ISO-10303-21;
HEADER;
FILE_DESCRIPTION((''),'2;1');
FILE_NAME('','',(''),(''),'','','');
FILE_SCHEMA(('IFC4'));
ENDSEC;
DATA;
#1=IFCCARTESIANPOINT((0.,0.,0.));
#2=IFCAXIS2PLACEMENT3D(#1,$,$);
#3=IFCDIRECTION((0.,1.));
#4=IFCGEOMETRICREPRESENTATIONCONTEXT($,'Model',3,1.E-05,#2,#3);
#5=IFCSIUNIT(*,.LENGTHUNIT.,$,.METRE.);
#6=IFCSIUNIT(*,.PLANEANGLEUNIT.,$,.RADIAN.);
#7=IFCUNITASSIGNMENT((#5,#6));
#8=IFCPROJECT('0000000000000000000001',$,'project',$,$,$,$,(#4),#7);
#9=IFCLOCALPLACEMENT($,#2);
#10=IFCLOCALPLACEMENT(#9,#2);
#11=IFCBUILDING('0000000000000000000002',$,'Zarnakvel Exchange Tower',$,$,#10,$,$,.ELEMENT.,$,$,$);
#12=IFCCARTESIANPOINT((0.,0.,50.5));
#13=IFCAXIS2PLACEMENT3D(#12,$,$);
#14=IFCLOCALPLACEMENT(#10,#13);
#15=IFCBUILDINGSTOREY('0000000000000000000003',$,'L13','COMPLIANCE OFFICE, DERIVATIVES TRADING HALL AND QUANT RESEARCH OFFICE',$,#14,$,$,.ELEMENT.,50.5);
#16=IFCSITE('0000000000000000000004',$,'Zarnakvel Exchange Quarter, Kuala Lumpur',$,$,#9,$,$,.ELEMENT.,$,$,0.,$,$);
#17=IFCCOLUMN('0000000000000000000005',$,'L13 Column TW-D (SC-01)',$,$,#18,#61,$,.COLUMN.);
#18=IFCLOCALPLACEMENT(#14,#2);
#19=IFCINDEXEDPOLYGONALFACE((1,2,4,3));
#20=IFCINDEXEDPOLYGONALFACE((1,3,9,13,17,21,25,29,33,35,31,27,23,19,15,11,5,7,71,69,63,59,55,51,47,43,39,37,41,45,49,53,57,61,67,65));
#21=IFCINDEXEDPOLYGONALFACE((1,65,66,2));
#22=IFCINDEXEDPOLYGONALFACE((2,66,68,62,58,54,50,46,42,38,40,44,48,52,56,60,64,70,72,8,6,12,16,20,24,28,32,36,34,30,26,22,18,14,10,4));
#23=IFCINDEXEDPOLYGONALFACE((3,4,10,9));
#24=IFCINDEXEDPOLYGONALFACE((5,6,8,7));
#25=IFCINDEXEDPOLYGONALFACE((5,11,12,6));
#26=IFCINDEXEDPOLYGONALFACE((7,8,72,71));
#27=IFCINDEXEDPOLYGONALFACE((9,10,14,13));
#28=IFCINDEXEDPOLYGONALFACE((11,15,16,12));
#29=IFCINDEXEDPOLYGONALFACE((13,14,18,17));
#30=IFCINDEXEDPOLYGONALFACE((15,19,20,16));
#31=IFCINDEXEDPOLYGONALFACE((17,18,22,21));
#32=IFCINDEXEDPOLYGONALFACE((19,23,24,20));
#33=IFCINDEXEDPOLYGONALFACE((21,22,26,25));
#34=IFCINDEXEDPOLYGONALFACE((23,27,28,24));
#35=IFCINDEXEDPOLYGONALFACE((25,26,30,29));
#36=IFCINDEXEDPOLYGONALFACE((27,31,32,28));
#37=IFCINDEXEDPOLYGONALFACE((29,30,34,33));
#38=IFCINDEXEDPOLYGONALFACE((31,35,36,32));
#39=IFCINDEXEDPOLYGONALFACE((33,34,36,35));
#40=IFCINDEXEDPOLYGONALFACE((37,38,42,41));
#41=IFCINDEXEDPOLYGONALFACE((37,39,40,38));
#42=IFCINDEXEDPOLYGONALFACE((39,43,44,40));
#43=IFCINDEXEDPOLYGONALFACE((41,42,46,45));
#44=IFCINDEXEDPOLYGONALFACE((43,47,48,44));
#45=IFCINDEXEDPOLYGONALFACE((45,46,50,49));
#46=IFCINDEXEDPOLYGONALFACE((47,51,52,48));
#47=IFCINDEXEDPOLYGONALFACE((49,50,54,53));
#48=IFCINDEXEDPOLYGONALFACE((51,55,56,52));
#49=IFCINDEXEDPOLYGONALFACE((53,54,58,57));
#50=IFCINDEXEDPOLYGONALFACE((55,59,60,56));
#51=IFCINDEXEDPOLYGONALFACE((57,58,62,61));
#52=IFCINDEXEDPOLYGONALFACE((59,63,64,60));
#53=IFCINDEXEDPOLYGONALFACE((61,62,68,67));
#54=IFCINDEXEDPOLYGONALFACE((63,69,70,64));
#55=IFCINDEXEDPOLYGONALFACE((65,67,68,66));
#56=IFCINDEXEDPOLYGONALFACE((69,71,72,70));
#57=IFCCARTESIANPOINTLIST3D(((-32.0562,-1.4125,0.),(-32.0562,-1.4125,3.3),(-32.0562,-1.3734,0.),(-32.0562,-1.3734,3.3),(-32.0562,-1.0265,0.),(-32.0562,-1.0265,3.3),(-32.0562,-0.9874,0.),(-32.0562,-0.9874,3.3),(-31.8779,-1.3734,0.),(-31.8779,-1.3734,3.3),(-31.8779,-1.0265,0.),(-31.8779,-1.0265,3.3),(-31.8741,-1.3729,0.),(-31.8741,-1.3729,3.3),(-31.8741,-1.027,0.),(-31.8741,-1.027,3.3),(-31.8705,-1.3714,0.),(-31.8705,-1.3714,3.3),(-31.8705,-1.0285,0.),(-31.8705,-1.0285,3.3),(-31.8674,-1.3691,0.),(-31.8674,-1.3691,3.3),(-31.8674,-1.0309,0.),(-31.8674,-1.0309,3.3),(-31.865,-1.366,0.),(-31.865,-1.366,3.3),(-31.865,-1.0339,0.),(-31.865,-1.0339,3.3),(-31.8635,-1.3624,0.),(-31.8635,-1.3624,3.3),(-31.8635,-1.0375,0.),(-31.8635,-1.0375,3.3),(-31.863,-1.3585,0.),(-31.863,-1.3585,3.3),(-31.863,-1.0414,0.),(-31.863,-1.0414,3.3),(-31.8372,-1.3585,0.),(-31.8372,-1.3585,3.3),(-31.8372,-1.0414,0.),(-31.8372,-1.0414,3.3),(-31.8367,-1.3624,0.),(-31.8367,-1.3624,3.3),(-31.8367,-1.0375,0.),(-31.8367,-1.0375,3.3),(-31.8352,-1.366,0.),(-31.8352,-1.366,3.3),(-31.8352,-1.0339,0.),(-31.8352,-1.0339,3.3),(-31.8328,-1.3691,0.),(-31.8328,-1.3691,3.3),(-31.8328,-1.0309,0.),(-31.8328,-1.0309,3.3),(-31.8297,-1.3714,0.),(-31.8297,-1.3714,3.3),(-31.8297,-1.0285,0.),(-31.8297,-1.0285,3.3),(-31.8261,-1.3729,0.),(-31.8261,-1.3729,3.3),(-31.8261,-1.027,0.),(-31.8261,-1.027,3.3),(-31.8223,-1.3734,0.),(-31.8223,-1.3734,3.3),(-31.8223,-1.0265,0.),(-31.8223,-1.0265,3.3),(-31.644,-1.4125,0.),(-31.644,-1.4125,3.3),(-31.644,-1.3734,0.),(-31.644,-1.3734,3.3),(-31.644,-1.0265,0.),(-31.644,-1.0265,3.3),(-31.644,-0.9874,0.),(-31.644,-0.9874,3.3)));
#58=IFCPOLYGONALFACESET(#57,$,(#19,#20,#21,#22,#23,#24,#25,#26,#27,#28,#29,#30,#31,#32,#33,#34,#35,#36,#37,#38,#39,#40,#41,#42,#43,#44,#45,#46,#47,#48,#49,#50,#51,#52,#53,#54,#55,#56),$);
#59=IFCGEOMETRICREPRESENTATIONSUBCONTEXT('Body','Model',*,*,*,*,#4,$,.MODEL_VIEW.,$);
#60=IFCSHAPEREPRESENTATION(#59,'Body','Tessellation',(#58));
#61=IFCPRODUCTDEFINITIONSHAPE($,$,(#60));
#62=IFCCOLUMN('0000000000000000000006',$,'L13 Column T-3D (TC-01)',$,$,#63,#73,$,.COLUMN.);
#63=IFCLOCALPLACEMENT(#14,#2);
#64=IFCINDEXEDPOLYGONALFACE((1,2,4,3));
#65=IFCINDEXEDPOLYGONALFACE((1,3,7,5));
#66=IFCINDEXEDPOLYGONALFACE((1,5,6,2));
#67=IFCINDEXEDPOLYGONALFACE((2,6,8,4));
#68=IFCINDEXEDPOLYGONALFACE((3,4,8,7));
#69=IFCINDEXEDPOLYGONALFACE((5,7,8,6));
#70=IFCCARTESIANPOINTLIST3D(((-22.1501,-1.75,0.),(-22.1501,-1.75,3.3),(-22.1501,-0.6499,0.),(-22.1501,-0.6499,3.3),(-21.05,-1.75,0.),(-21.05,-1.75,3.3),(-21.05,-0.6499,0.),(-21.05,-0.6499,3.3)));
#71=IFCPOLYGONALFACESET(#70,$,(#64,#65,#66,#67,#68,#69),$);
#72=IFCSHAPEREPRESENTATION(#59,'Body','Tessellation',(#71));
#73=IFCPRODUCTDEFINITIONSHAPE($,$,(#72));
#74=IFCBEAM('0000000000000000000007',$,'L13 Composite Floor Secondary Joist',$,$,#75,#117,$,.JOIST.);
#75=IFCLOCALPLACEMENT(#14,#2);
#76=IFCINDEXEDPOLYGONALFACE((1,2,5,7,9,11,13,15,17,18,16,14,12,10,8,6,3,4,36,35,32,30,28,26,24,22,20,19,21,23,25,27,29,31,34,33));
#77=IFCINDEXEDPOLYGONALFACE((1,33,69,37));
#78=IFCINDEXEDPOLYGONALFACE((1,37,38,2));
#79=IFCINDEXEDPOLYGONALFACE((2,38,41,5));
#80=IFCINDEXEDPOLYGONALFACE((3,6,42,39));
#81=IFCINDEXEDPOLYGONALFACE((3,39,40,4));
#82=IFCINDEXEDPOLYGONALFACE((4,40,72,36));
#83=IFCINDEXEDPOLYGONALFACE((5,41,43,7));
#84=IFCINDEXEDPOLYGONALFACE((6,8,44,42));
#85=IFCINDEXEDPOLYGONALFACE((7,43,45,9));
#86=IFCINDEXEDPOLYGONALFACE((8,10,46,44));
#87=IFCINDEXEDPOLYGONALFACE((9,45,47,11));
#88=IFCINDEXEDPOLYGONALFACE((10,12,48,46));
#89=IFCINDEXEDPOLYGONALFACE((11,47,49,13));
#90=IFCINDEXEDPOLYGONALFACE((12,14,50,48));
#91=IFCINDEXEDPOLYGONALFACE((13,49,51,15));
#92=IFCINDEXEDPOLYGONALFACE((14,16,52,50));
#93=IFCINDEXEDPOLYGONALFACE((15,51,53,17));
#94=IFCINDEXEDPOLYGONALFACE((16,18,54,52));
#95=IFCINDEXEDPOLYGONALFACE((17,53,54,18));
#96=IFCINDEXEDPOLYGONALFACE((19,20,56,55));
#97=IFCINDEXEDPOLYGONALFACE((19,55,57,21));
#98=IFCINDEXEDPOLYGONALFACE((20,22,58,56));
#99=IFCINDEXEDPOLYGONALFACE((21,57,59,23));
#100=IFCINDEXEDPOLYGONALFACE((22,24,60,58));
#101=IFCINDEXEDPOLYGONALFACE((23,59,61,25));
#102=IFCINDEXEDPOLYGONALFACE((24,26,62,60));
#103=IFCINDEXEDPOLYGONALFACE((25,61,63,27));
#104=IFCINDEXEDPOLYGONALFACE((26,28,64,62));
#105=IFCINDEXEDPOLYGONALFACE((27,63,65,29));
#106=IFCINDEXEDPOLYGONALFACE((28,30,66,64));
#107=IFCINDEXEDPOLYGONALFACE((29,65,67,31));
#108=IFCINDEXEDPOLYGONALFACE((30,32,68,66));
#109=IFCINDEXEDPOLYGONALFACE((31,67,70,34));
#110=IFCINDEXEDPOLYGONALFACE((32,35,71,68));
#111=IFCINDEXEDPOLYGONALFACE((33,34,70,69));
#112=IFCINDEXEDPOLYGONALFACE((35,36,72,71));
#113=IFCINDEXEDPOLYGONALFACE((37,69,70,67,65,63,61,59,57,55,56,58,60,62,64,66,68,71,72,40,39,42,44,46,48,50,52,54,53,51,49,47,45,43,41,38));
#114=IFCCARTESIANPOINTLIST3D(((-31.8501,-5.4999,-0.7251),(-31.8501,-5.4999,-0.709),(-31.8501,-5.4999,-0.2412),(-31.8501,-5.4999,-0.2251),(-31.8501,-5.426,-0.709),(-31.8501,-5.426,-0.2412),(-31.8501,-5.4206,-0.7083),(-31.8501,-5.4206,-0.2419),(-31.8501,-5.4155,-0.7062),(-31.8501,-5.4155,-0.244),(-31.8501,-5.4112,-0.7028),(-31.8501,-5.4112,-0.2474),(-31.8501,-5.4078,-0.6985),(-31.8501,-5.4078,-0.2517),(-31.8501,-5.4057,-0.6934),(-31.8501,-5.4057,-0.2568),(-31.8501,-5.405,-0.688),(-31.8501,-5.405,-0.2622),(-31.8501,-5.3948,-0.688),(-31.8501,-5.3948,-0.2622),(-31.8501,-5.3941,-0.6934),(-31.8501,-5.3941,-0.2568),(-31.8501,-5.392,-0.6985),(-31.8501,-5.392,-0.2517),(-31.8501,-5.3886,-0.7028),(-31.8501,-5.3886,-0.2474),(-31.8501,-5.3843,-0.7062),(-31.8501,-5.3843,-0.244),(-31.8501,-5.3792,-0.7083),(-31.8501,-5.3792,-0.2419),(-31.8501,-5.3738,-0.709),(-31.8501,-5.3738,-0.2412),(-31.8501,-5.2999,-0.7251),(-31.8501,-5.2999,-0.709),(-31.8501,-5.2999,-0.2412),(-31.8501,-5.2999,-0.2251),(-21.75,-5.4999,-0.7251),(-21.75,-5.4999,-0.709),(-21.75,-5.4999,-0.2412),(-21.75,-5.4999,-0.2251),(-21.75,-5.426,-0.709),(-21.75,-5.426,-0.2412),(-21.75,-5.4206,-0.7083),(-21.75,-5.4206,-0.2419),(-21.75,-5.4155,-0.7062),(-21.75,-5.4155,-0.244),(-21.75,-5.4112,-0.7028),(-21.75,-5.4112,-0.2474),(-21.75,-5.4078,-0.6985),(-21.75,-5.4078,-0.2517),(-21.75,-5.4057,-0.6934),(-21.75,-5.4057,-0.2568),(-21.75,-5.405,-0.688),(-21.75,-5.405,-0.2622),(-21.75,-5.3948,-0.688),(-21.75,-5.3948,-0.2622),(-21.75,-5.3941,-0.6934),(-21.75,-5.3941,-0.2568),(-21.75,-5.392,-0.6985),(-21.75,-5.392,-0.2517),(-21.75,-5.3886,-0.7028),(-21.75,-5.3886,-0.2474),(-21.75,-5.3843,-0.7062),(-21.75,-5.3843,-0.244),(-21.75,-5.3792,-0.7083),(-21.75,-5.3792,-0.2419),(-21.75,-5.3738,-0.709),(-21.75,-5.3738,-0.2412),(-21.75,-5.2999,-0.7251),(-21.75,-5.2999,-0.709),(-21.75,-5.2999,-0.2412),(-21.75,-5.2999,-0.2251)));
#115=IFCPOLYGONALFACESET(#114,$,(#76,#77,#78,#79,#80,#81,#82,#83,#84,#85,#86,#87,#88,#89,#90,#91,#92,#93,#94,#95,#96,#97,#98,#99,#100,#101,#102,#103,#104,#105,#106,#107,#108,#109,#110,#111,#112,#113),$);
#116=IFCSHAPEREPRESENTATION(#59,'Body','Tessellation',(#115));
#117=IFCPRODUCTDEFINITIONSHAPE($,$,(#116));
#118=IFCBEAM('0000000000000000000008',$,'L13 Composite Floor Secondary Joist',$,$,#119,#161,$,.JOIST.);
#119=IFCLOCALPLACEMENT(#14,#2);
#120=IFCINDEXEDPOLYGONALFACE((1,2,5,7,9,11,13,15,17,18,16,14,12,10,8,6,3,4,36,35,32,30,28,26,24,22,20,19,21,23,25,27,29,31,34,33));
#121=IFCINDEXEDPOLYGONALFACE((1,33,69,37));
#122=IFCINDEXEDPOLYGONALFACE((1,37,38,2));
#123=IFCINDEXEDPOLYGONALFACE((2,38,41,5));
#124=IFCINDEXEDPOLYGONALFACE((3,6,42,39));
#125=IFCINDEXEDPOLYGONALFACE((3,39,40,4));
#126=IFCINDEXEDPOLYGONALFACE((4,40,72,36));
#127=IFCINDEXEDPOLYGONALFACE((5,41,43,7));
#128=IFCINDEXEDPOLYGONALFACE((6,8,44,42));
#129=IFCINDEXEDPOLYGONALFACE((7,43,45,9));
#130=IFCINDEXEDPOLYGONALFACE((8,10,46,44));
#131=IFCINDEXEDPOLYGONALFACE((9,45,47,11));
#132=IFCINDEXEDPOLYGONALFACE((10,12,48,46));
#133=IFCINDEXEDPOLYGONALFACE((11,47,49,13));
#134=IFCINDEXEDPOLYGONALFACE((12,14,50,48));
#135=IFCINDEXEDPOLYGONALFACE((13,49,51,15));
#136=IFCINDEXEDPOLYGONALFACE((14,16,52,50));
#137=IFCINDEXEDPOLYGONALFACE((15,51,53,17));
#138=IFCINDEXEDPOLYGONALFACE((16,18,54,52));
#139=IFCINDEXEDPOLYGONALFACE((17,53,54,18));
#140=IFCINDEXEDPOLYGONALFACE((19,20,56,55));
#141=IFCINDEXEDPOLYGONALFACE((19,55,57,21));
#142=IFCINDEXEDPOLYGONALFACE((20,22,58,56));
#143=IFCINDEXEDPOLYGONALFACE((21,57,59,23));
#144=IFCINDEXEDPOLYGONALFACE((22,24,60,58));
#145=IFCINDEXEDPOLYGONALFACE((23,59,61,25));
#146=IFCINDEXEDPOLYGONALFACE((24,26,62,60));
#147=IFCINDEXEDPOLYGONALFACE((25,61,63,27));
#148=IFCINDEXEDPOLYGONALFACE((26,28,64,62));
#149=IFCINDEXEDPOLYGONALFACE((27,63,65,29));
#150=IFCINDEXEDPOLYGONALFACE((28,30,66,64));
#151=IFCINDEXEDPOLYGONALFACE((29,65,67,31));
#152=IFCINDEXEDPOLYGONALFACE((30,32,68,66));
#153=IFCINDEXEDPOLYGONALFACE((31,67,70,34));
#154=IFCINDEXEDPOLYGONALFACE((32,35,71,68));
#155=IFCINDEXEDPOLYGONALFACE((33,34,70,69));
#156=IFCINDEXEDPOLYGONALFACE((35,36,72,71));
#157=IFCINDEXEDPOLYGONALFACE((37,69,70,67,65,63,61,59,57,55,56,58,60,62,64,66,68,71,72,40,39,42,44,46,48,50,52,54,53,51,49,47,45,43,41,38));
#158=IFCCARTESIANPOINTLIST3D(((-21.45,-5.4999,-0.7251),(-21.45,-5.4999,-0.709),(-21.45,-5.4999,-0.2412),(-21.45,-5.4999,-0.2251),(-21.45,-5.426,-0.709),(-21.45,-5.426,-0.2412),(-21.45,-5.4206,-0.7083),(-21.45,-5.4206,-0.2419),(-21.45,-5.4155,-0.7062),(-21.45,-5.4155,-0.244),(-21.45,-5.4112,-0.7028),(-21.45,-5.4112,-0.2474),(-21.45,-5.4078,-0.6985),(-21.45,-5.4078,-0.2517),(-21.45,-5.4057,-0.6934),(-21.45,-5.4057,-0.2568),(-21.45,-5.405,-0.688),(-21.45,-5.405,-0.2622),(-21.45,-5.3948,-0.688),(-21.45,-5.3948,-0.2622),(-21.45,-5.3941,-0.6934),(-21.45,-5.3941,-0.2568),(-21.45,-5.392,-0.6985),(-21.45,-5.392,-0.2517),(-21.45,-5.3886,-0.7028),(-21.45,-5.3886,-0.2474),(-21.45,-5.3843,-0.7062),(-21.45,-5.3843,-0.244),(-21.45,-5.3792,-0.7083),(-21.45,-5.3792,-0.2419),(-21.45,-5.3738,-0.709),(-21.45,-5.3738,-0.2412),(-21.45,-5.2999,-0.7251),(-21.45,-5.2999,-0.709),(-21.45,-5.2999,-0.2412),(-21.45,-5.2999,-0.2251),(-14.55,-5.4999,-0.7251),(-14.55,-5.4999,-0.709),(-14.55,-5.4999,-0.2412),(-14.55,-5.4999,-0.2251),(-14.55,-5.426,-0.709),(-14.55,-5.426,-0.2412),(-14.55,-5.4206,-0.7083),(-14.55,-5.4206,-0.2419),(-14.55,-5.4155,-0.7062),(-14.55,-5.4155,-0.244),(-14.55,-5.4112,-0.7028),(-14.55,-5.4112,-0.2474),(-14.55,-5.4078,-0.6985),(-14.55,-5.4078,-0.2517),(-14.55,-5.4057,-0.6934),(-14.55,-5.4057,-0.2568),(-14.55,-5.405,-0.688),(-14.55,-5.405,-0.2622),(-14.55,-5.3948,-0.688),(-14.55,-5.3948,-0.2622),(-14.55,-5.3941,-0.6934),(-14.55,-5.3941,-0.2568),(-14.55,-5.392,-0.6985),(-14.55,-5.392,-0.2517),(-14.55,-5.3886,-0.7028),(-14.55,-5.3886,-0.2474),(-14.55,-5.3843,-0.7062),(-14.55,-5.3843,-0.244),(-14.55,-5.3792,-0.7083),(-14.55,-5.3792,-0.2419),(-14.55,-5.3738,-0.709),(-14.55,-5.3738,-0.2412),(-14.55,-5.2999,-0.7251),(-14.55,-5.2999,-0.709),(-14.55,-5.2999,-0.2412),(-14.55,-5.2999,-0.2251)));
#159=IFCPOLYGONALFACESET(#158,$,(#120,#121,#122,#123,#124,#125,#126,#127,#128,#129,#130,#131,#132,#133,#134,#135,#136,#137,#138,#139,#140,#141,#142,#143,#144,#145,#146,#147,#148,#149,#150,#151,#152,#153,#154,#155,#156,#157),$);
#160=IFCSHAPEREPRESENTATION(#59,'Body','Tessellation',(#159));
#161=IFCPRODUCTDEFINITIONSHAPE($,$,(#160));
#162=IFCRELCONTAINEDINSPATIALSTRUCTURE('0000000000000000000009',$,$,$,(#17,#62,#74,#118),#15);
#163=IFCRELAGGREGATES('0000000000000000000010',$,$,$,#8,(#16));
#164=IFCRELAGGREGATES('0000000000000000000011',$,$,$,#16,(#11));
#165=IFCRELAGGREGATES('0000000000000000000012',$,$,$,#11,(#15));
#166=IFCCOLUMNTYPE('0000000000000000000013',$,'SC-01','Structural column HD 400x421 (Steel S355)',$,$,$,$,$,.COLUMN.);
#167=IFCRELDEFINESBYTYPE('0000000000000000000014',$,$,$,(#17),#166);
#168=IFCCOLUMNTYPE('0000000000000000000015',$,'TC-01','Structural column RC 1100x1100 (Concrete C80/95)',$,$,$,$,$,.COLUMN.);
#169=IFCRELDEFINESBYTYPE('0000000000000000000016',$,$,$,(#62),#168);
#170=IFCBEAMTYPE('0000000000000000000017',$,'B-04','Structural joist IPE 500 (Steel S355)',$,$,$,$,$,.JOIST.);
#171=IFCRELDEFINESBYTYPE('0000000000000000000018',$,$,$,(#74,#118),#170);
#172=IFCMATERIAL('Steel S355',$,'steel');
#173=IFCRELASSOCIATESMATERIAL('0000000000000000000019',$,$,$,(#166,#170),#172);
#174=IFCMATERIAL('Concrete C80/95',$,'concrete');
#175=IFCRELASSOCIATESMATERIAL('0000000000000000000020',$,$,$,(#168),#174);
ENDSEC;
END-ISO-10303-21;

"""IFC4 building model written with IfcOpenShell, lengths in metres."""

from ifc_helpers import new_model, si_unit, direction, frame, origin, origin_2d, place, context, subcontext, project, spatial, rectangle, i_section, extrude, material, material_profile, profile_set, type_object, element, save


model = new_model("IFC4")

# Units and contexts
model_context = context("Model", 3, precision=1e-05, world=origin(), true_north=direction((0.0, 1.0)))
body_context = subcontext(model_context, "Body", "Model", "MODEL_VIEW")
ifc_project = project(units=[si_unit("LENGTHUNIT", "METRE"), si_unit("PLANEANGLEUNIT", "RADIAN")], contexts=[model_context])

# Site, building, storey
site_placement = place(None, origin())
site = spatial("IfcSite", under=ifc_project, at=site_placement, Name="Zarnakvel Exchange Quarter, Kuala Lumpur", CompositionType="ELEMENT", RefElevation=0.0)
building_placement = place(site_placement, origin())
building = spatial("IfcBuilding", under=site, at=building_placement, Name="Zarnakvel Exchange Tower", CompositionType="ELEMENT")
storey_placement = place(building_placement, frame((0.0, 0.0, 50.5)))
storey = spatial("IfcBuildingStorey", under=building, at=storey_placement, Name="L13", Description="COMPLIANCE OFFICE, DERIVATIVES TRADING HALL AND QUANT RESEARCH OFFICE", CompositionType="ELEMENT", Elevation=50.5)

# Columns
ifc_material_1 = material(Name="Steel S355", Category="steel")
ifc_material_profile_1 = material_profile(ifc_material_1, i_section(OverallWidth=0.4121, OverallDepth=0.425, WebThickness=0.0259, FlangeThickness=0.0391, FilletRadius=0.0149, at=origin_2d()))
ifc_profile_set_1 = profile_set([ifc_material_profile_1], Name="Steel S355")
column_type_1 = type_object("IfcColumnType", Name="SC-01", Description="Structural column HD 400x421 (Steel S355)", PredefinedType="COLUMN", material=ifc_profile_set_1)
column_1_placement = place(storey_placement, frame((-31.8501, -1.2, 0.0), z_axis=(0.0, 0.0, 1.0), x_axis=(1.0, 0.0, 0.0)))
element("IfcColumn", 1, at=column_1_placement, inside=storey, type_object=column_type_1, Name="L13 Column TW-D (SC-01)", PredefinedType="COLUMN", context=body_context, shape_type="SweptSolid", body=[
    extrude(i_section(OverallWidth=0.4121, OverallDepth=0.425, WebThickness=0.0259, FlangeThickness=0.0391, FilletRadius=0.0149, at=origin_2d()), origin(), (0.0, 0.0, 1.0), 3.3),
])
ifc_material_2 = material(Name="Concrete C80/95", Category="concrete")
ifc_material_profile_2 = material_profile(ifc_material_2, rectangle(XDim=1.1001, YDim=1.1001, at=origin_2d()))
ifc_profile_set_2 = profile_set([ifc_material_profile_2], Name="Concrete C80/95")
column_type_2 = type_object("IfcColumnType", Name="TC-01", Description="Structural column RC 1100x1100 (Concrete C80/95)", PredefinedType="COLUMN", material=ifc_profile_set_2)
column_2_placement = place(storey_placement, frame((-21.6001, -1.2, 0.0), z_axis=(0.0, 0.0, 1.0), x_axis=(1.0, 0.0, 0.0)))
element("IfcColumn", 2, at=column_2_placement, inside=storey, type_object=column_type_2, Name="L13 Column T-3D (TC-01)", PredefinedType="COLUMN", context=body_context, shape_type="SweptSolid", body=[
    extrude(rectangle(XDim=1.1001, YDim=1.1001, at=origin_2d()), origin(), (0.0, 0.0, 1.0), 3.3),
])

# Beams
ifc_material_profile_3 = material_profile(ifc_material_1, i_section(OverallWidth=0.2, OverallDepth=0.5, WebThickness=0.0103, FlangeThickness=0.0161, FilletRadius=0.021, at=origin_2d()))
ifc_profile_set_3 = profile_set([ifc_material_profile_3], Name="Steel S355")
beam_type_1 = type_object("IfcBeamType", Name="B-04", Description="Structural joist IPE 500 (Steel S355)", PredefinedType="JOIST", material=ifc_profile_set_3)
beam_1_placement = place(storey_placement, frame((-31.8501, -5.3999, -0.4751), z_axis=(1.0, 0.0, 0.0), x_axis=(0.0, 1.0, 0.0)))
element("IfcBeam", 3, at=beam_1_placement, inside=storey, type_object=beam_type_1, Name="L13 Composite Floor Secondary Joist", PredefinedType="JOIST", context=body_context, shape_type="SweptSolid", body=[
    extrude(i_section(OverallWidth=0.2, OverallDepth=0.5, WebThickness=0.0103, FlangeThickness=0.0161, FilletRadius=0.021, at=origin_2d()), origin(), (0.0, 0.0, 1.0), 10.1001),
])
beam_2_placement = place(storey_placement, frame((-21.45, -5.3999, -0.4751), z_axis=(1.0, 0.0, 0.0), x_axis=(0.0, 1.0, 0.0)))
element("IfcBeam", 4, at=beam_2_placement, inside=storey, type_object=beam_type_1, Name="L13 Composite Floor Secondary Joist", PredefinedType="JOIST", context=body_context, shape_type="SweptSolid", body=[
    extrude(i_section(OverallWidth=0.2, OverallDepth=0.5, WebThickness=0.0103, FlangeThickness=0.0161, FilletRadius=0.021, at=origin_2d()), origin(), (0.0, 0.0, 1.0), 6.8999),
])

save(model, "model.ifc")
